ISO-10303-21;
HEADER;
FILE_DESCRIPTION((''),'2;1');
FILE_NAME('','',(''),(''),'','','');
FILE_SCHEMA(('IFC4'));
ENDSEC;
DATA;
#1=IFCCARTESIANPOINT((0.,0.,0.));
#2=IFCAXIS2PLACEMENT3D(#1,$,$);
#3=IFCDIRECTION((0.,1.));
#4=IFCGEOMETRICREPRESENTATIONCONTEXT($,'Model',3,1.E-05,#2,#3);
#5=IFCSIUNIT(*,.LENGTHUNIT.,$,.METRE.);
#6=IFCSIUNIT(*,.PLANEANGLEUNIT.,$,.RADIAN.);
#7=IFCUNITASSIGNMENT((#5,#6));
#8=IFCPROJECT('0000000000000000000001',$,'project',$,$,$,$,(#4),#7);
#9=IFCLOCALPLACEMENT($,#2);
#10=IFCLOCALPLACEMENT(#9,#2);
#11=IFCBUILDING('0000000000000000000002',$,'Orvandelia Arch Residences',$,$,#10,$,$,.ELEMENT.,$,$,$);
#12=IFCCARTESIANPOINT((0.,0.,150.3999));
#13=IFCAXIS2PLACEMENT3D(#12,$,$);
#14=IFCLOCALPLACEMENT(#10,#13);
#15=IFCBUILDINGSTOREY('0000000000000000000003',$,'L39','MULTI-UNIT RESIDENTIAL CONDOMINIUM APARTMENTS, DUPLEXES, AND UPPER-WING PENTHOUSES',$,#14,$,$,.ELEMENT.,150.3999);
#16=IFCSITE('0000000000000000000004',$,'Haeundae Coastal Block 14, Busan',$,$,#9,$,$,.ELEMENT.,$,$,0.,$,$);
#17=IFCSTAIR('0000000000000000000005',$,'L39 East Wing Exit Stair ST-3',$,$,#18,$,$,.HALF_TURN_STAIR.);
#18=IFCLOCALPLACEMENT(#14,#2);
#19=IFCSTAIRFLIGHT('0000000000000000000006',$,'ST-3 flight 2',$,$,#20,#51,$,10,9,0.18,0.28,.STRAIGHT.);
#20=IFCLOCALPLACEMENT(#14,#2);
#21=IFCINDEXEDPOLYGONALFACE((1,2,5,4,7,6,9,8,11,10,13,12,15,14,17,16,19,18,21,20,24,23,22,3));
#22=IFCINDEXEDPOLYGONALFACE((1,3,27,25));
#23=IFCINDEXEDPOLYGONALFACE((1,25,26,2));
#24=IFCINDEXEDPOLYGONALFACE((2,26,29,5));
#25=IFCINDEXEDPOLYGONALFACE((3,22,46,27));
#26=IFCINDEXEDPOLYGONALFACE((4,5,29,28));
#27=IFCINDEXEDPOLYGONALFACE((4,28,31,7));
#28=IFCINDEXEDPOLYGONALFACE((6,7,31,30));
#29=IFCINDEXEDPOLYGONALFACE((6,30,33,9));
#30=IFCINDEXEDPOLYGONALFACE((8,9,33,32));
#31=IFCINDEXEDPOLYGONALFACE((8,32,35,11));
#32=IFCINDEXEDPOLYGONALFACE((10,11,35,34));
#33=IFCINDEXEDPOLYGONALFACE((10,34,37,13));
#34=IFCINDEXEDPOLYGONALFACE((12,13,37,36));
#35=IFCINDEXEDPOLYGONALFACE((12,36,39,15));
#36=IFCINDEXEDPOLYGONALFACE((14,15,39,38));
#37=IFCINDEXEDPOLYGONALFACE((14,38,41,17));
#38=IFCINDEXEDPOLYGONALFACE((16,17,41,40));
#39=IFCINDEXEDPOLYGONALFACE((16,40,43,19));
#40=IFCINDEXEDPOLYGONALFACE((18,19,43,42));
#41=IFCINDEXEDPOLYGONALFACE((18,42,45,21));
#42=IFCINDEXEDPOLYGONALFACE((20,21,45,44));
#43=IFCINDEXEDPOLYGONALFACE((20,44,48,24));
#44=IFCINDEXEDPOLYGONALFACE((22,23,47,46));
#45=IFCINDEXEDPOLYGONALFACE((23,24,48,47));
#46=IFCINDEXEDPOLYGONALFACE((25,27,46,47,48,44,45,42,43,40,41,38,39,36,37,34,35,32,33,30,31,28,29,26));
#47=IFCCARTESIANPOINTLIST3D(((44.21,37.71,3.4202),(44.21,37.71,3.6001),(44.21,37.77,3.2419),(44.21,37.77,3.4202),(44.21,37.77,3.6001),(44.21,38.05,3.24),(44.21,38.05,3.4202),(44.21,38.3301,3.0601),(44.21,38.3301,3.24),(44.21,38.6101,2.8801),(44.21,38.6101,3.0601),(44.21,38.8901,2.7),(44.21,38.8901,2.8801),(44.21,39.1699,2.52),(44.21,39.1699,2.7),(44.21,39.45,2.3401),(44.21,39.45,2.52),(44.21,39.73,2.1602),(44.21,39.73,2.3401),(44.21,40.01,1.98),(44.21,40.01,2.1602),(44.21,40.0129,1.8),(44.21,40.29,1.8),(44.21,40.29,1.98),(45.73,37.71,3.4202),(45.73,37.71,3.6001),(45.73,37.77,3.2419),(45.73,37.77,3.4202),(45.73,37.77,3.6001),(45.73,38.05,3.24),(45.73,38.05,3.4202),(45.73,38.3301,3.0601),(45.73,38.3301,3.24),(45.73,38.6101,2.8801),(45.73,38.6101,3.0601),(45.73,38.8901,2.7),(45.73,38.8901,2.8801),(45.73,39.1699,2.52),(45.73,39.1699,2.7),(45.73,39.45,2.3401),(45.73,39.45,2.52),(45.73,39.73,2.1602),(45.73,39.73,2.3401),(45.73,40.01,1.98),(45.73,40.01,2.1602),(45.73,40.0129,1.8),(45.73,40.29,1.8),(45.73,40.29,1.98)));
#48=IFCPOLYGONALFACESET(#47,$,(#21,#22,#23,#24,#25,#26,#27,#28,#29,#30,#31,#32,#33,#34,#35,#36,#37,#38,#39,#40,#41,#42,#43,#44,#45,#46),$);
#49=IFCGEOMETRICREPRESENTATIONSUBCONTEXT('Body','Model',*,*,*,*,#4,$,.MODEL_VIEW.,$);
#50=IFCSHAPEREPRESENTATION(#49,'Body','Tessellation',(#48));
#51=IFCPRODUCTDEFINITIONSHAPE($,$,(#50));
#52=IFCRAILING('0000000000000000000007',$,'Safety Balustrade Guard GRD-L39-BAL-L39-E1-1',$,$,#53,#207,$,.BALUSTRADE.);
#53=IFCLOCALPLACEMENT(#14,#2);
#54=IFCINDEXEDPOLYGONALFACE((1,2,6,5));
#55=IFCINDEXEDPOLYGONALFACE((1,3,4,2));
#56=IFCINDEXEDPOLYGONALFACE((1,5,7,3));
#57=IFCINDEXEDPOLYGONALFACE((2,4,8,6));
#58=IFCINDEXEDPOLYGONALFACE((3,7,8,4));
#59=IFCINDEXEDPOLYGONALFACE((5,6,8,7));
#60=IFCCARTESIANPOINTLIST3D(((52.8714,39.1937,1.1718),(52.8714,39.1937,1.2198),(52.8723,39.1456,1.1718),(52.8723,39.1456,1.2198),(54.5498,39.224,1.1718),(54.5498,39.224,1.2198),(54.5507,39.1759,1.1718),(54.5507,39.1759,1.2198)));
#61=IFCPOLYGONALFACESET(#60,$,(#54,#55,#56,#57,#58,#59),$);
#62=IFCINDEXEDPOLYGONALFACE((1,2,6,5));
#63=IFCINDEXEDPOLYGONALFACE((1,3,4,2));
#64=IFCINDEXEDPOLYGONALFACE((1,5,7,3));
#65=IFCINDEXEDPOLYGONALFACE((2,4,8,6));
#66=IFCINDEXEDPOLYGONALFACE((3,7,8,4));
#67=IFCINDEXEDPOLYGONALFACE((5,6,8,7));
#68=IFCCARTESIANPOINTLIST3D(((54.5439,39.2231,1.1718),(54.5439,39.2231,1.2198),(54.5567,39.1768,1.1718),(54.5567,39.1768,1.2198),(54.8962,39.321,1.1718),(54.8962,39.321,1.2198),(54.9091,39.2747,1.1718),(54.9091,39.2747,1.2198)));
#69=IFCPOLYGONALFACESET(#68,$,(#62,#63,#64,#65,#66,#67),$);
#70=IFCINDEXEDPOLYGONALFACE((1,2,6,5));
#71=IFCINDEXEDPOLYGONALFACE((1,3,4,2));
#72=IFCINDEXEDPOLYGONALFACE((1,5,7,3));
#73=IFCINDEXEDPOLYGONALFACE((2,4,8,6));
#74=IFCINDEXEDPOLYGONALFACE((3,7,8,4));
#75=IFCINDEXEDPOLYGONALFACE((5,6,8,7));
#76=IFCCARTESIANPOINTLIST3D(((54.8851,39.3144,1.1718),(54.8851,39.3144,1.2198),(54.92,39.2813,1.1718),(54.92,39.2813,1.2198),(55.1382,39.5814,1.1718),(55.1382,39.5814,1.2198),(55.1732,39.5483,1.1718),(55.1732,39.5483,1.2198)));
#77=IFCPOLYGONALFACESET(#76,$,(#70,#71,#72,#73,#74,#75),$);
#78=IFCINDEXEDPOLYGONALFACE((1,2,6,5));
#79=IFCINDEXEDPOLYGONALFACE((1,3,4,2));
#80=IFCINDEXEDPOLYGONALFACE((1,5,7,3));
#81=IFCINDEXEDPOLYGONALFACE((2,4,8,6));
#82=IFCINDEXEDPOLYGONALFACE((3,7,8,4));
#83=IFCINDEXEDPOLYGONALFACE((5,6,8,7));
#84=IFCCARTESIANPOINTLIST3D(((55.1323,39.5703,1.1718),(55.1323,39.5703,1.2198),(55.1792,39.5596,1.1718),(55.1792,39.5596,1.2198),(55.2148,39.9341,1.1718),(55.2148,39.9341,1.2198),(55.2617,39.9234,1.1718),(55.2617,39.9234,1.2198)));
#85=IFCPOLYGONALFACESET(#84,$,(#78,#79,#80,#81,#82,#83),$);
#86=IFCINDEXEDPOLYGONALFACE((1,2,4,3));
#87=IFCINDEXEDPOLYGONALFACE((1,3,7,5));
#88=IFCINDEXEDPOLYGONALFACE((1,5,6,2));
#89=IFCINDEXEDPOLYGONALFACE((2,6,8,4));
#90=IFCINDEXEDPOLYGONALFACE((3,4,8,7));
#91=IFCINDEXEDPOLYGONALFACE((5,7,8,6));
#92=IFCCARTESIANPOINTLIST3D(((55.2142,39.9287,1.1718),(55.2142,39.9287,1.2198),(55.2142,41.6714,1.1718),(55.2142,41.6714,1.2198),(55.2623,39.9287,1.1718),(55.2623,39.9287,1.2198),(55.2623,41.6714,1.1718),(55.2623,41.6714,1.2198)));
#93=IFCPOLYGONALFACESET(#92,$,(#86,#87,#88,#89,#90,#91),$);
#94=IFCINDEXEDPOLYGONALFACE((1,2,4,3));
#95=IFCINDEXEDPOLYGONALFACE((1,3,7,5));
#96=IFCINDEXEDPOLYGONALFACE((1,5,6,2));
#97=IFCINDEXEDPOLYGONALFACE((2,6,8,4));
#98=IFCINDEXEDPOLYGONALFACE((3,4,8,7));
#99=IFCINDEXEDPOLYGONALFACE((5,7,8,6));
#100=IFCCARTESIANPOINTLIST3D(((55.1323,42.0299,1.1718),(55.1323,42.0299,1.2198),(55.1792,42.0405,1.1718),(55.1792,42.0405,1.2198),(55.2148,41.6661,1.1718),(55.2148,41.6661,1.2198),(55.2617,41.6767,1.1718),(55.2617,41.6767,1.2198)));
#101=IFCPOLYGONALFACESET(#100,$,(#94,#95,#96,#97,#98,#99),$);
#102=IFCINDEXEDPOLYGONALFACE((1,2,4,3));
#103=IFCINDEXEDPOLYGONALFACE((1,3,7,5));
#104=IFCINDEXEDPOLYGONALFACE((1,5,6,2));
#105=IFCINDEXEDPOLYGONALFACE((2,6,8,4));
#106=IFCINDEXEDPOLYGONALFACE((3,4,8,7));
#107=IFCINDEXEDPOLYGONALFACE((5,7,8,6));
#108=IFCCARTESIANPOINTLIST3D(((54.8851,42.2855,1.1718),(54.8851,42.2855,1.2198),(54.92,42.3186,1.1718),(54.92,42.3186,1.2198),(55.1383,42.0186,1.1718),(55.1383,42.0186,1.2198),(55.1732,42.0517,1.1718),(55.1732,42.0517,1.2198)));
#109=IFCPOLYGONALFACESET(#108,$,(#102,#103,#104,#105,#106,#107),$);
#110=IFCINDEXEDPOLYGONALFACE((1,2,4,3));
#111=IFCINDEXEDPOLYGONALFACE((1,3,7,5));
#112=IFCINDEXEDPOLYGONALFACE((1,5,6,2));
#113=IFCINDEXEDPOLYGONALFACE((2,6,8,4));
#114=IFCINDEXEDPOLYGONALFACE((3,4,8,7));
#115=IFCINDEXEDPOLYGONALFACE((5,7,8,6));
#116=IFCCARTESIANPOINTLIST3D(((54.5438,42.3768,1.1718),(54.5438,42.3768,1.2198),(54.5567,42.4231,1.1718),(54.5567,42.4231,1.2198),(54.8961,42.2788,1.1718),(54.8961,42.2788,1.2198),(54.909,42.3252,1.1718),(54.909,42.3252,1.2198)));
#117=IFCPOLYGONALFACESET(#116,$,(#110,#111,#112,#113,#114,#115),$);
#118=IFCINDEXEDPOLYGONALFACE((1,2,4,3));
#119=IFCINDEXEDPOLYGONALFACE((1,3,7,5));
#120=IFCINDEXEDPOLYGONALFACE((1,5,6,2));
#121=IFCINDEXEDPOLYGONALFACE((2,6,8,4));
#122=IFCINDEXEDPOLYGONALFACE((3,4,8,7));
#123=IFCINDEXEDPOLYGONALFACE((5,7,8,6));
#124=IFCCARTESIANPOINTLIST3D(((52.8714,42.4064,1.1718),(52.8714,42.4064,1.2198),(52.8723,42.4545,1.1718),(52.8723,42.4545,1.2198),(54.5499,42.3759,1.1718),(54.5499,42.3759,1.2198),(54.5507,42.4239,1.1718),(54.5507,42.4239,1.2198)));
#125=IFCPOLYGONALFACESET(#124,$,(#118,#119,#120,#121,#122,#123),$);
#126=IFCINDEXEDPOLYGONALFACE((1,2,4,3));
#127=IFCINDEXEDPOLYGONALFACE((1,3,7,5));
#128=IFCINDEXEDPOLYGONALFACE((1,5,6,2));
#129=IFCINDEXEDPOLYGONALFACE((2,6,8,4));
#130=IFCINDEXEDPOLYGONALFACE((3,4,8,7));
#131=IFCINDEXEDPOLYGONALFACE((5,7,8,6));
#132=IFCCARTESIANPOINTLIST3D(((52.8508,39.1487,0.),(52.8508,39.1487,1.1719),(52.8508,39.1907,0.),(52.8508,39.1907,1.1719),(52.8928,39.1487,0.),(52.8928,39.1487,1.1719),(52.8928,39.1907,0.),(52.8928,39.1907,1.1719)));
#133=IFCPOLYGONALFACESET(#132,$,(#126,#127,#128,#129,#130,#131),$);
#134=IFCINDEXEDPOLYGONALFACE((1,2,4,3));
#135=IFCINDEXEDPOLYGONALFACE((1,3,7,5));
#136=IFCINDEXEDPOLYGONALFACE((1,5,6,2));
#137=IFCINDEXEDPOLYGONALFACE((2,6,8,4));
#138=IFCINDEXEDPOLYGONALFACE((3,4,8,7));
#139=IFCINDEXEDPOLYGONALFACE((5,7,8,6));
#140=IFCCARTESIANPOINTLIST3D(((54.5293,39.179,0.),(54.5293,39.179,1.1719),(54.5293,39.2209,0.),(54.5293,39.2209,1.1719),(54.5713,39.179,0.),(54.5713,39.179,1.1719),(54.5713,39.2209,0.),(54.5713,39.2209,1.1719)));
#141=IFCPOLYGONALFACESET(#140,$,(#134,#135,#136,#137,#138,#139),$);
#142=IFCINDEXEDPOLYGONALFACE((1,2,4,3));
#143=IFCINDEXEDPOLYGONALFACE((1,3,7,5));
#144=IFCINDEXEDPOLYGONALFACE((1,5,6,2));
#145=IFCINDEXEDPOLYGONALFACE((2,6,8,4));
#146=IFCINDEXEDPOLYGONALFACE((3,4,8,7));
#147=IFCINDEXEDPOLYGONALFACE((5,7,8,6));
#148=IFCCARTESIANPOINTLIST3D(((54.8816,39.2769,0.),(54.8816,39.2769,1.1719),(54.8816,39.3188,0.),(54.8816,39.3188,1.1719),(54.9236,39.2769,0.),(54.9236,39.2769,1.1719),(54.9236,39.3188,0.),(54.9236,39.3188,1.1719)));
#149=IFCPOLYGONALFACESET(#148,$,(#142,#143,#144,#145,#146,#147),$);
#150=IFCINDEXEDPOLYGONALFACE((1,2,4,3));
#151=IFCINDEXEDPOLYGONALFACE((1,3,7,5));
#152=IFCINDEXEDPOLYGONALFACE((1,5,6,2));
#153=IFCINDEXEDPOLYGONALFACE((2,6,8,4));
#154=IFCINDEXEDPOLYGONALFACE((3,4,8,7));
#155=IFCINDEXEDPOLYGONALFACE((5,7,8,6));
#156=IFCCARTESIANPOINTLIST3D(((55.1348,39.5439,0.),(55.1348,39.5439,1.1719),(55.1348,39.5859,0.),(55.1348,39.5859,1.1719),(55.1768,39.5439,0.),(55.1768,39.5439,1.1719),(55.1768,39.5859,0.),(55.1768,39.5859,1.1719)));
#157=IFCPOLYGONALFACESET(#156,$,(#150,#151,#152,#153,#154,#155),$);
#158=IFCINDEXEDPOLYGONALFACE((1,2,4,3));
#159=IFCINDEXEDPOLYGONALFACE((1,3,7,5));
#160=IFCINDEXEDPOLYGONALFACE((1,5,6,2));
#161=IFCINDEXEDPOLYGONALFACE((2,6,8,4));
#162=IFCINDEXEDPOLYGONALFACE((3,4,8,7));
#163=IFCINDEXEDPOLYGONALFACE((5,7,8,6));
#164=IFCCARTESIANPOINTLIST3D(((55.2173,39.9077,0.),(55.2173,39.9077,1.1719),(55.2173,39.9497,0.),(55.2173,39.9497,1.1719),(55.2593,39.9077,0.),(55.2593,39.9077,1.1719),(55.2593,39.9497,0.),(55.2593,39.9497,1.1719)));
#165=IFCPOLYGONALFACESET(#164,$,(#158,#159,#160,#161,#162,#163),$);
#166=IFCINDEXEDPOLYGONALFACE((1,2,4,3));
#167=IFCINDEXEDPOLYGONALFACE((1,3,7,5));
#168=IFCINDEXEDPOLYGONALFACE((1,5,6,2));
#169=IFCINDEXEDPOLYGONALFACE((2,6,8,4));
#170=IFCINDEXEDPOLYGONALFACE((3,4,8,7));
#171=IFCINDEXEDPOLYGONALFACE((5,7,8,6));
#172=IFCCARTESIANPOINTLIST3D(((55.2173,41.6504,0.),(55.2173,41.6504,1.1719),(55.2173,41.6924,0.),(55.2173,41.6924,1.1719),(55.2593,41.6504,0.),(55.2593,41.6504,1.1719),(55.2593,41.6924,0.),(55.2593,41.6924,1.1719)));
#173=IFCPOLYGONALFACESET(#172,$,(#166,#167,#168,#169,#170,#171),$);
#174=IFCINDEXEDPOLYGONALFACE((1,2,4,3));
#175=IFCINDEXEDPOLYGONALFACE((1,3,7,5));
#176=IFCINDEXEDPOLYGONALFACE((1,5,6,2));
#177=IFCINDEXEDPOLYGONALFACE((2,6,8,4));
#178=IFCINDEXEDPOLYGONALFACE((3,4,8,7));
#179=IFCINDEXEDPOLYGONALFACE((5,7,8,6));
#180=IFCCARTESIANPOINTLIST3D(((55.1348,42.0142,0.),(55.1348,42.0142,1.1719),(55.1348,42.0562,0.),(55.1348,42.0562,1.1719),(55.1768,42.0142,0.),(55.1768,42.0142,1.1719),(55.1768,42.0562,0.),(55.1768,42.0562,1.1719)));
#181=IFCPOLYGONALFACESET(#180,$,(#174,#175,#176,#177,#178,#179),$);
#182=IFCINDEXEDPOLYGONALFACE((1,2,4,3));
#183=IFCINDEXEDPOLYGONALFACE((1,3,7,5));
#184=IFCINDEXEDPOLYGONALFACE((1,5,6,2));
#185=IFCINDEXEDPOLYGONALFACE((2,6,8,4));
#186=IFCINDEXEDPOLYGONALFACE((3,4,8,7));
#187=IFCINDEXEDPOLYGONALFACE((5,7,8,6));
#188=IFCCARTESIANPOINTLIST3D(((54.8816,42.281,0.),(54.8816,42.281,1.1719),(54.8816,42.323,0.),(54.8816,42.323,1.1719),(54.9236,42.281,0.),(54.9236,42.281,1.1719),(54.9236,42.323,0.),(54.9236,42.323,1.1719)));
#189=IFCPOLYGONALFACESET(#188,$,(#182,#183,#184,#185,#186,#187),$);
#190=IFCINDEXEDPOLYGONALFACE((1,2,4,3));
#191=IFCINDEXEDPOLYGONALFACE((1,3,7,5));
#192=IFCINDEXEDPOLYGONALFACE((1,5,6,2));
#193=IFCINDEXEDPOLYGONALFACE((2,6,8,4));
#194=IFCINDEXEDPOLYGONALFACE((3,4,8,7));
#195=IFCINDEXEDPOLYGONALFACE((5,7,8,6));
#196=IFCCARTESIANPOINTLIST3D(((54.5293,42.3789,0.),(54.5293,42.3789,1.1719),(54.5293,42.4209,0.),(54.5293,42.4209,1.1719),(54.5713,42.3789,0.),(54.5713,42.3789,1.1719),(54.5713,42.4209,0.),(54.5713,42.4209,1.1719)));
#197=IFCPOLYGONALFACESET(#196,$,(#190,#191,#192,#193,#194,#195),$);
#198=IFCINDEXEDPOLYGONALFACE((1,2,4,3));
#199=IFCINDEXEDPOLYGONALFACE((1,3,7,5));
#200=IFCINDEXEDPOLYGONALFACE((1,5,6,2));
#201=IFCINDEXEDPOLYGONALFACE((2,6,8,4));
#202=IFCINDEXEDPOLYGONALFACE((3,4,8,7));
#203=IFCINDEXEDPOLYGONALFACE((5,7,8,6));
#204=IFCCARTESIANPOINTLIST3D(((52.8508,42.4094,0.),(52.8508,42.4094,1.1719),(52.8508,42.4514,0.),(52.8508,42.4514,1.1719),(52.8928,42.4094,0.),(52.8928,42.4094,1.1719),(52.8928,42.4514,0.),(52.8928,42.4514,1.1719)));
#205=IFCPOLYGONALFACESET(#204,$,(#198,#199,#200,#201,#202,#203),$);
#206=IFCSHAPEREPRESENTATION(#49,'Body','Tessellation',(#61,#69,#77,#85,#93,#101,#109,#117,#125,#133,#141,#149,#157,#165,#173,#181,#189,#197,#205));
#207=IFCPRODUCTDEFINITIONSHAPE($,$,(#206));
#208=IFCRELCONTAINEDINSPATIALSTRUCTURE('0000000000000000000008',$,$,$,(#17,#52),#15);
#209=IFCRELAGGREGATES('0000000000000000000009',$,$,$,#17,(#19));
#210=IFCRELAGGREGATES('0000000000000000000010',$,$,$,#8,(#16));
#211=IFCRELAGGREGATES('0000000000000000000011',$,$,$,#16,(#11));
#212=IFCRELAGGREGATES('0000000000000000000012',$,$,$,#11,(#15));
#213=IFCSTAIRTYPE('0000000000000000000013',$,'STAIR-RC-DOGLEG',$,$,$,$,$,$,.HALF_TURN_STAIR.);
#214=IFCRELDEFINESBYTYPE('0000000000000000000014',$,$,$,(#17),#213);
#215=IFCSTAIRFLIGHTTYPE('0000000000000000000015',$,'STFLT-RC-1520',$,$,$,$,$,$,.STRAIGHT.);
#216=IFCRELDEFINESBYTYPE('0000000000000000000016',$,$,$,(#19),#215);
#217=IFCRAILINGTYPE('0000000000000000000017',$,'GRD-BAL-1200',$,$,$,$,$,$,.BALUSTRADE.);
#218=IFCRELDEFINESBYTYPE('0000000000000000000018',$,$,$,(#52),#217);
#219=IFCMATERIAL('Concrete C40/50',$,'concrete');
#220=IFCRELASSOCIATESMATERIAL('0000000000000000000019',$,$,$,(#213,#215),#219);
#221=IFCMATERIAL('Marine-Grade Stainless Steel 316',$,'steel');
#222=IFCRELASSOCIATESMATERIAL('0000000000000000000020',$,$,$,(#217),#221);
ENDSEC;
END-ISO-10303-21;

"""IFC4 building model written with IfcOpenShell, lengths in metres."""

from ifc_helpers import new_model, si_unit, direction, frame, origin, origin_2d, place, context, subcontext, project, spatial, polyline, rectangle, outline, extrude, material, type_object, element, aggregate, save


model = new_model("IFC4")

# Units and contexts
model_context = context("Model", 3, precision=1e-05, world=origin(), true_north=direction((0.0, 1.0)))
body_context = subcontext(model_context, "Body", "Model", "MODEL_VIEW")
ifc_project = project(units=[si_unit("LENGTHUNIT", "METRE"), si_unit("PLANEANGLEUNIT", "RADIAN")], contexts=[model_context])

# Site, building, storey
site_placement = place(None, origin())
site = spatial("IfcSite", under=ifc_project, at=site_placement, Name="Haeundae Coastal Block 14, Busan", CompositionType="ELEMENT", RefElevation=0.0)
building_placement = place(site_placement, origin())
building = spatial("IfcBuilding", under=site, at=building_placement, Name="Orvandelia Arch Residences", CompositionType="ELEMENT")
storey_placement = place(building_placement, frame((0.0, 0.0, 150.3999)))
storey = spatial("IfcBuildingStorey", under=building, at=storey_placement, Name="L39", Description="MULTI-UNIT RESIDENTIAL CONDOMINIUM APARTMENTS, DUPLEXES, AND UPPER-WING PENTHOUSES", CompositionType="ELEMENT", Elevation=150.3999)

# Stair, stair flight
ifc_material_1 = material(Name="Concrete C40/50", Category="concrete")
stair_type = type_object("IfcStairType", Name="STAIR-RC-DOGLEG", PredefinedType="HALF_TURN_STAIR", material=ifc_material_1)
stair_placement = place(storey_placement, origin())
stair = element("IfcStair", 1, at=stair_placement, inside=storey, type_object=stair_type, Name="L39 East Wing Exit Stair ST-3", PredefinedType="HALF_TURN_STAIR")
stair_flight_type = type_object("IfcStairFlightType", Name="STFLT-RC-1520", PredefinedType="STRAIGHT", material=ifc_material_1)
stair_flight_1_placement = place(storey_placement, frame((44.97, 40.29, 1.8), z_axis=(0.0, 0.0, 1.0), x_axis=(0.0, -1.0, 0.0)))
stair_flight_1 = element("IfcStairFlight", 2, at=stair_flight_1_placement, type_object=stair_flight_type, Name="ST-3 flight 2", NumberOfRisers=10, NumberOfTreads=9, PredefinedType="STRAIGHT", RiserHeight=0.18, TreadLength=0.28, context=body_context, shape_type="SweptSolid", body=[
    extrude(outline(polyline([(0.0, 0.0), (0.0, 0.1799), (0.28, 0.1799), (0.28, 0.3601), (0.5601, 0.3601), (0.5601, 0.54), (0.8401, 0.54), (0.8401, 0.72), (1.1201, 0.72), (1.1201, 0.8999), (1.3999, 0.8999), (1.3999, 1.0801), (1.6799, 1.0801), (1.6799, 1.26), (1.96, 1.26), (1.96, 1.4399), (2.24, 1.4399), (2.24, 1.6201), (2.52, 1.6201), (2.52, 1.8), (2.5801, 1.8), (2.5801, 1.6201), (2.52, 1.4419), (0.2771, 0.0), (0.0, 0.0)])), frame((0.0, 0.76, 0.0), z_axis=(0.0, -1.0, 0.0), x_axis=(1.0, 0.0, 0.0)), (0.0, 0.0, 1.0), 1.52),
])
aggregate(stair, [stair_flight_1])

# Railing
ifc_material_2 = material(Name="Marine-Grade Stainless Steel 316", Category="steel")
railing_type_1 = type_object("IfcRailingType", Name="GRD-BAL-1200", PredefinedType="BALUSTRADE", material=ifc_material_2)
railing_1_placement = place(storey_placement, frame((52.8718, 39.1697, 0.0)))
element("IfcRailing", 3, at=railing_1_placement, inside=storey, type_object=railing_type_1, Name="Safety Balustrade Guard GRD-L39-BAL-L39-E1-1", PredefinedType="BALUSTRADE", context=body_context, shape_type="SweptSolid", body=[
    extrude(rectangle(XDim=0.0481, YDim=0.0481, at=origin_2d()), frame((0.0, 0.0, 1.1958), z_axis=(0.999837, 0.018033, 0.0), x_axis=(-0.018033, 0.999837, 0.0)), (0.0, 0.0, 1.0), 1.6787),
    extrude(rectangle(XDim=0.0481, YDim=0.0481, at=origin_2d()), frame((1.6785, 0.0303, 1.1958), z_axis=(0.963489, 0.267747, 0.0), x_axis=(-0.267747, 0.963489, 0.0)), (0.0, 0.0, 1.0), 0.3657),
    extrude(rectangle(XDim=0.0481, YDim=0.0481, at=origin_2d()), frame((2.0308, 0.1282, 1.1958), z_axis=(0.687947, 0.725761, 0.0), x_axis=(-0.725761, 0.687947, 0.0)), (0.0, 0.0, 1.0), 0.3679),
    extrude(rectangle(XDim=0.0481, YDim=0.0481, at=origin_2d()), frame((2.2839, 0.3953, 1.1958), z_axis=(0.221225, 0.975223, 0.0), x_axis=(-0.975223, 0.221225, 0.0)), (0.0, 0.0, 1.0), 0.373),
    extrude(rectangle(XDim=0.0481, YDim=0.0481, at=origin_2d()), frame((2.3665, 0.759, 1.1958), z_axis=(0.0, 1.0, 0.0), x_axis=(-1.0, 0.0, 0.0)), (0.0, 0.0, 1.0), 1.7427),
    extrude(rectangle(XDim=0.0481, YDim=0.0481, at=origin_2d()), frame((2.3665, 2.5017, 1.1958), z_axis=(-0.221225, 0.975223, 0.0), x_axis=(-0.975223, -0.221225, 0.0)), (0.0, 0.0, 1.0), 0.373),
    extrude(rectangle(XDim=0.0481, YDim=0.0481, at=origin_2d()), frame((2.2839, 2.8655, 1.1958), z_axis=(-0.688278, 0.725447, 0.0), x_axis=(-0.725447, -0.688278, 0.0)), (0.0, 0.0, 1.0), 0.3679),
    extrude(rectangle(XDim=0.0481, YDim=0.0481, at=origin_2d()), frame((2.0308, 3.1323, 1.1958), z_axis=(-0.963489, 0.267747, 0.0), x_axis=(-0.267747, -0.963489, 0.0)), (0.0, 0.0, 1.0), 0.3657),
    extrude(rectangle(XDim=0.0481, YDim=0.0481, at=origin_2d()), frame((1.6785, 3.2302, 1.1958), z_axis=(-0.999835, 0.018179, 0.0), x_axis=(-0.018179, -0.999835, 0.0)), (0.0, 0.0, 1.0), 1.6787),
    extrude(rectangle(XDim=0.042, YDim=0.042, at=origin_2d()), origin(), (0.0, 0.0, 1.0), 1.1719),
    extrude(rectangle(XDim=0.042, YDim=0.042, at=origin_2d()), frame((1.6785, 0.0303, 0.0)), (0.0, 0.0, 1.0), 1.1719),
    extrude(rectangle(XDim=0.042, YDim=0.042, at=origin_2d()), frame((2.0308, 0.1282, 0.0)), (0.0, 0.0, 1.0), 1.1719),
    extrude(rectangle(XDim=0.042, YDim=0.042, at=origin_2d()), frame((2.2839, 0.3953, 0.0)), (0.0, 0.0, 1.0), 1.1719),
    extrude(rectangle(XDim=0.042, YDim=0.042, at=origin_2d()), frame((2.3665, 0.759, 0.0)), (0.0, 0.0, 1.0), 1.1719),
    extrude(rectangle(XDim=0.042, YDim=0.042, at=origin_2d()), frame((2.3665, 2.5017, 0.0)), (0.0, 0.0, 1.0), 1.1719),
    extrude(rectangle(XDim=0.042, YDim=0.042, at=origin_2d()), frame((2.2839, 2.8655, 0.0)), (0.0, 0.0, 1.0), 1.1719),
    extrude(rectangle(XDim=0.042, YDim=0.042, at=origin_2d()), frame((2.0308, 3.1323, 0.0)), (0.0, 0.0, 1.0), 1.1719),
    extrude(rectangle(XDim=0.042, YDim=0.042, at=origin_2d()), frame((1.6785, 3.2302, 0.0)), (0.0, 0.0, 1.0), 1.1719),
    extrude(rectangle(XDim=0.042, YDim=0.042, at=origin_2d()), frame((0.0, 3.2607, 0.0)), (0.0, 0.0, 1.0), 1.1719),
])

save(model, "model.ifc")
